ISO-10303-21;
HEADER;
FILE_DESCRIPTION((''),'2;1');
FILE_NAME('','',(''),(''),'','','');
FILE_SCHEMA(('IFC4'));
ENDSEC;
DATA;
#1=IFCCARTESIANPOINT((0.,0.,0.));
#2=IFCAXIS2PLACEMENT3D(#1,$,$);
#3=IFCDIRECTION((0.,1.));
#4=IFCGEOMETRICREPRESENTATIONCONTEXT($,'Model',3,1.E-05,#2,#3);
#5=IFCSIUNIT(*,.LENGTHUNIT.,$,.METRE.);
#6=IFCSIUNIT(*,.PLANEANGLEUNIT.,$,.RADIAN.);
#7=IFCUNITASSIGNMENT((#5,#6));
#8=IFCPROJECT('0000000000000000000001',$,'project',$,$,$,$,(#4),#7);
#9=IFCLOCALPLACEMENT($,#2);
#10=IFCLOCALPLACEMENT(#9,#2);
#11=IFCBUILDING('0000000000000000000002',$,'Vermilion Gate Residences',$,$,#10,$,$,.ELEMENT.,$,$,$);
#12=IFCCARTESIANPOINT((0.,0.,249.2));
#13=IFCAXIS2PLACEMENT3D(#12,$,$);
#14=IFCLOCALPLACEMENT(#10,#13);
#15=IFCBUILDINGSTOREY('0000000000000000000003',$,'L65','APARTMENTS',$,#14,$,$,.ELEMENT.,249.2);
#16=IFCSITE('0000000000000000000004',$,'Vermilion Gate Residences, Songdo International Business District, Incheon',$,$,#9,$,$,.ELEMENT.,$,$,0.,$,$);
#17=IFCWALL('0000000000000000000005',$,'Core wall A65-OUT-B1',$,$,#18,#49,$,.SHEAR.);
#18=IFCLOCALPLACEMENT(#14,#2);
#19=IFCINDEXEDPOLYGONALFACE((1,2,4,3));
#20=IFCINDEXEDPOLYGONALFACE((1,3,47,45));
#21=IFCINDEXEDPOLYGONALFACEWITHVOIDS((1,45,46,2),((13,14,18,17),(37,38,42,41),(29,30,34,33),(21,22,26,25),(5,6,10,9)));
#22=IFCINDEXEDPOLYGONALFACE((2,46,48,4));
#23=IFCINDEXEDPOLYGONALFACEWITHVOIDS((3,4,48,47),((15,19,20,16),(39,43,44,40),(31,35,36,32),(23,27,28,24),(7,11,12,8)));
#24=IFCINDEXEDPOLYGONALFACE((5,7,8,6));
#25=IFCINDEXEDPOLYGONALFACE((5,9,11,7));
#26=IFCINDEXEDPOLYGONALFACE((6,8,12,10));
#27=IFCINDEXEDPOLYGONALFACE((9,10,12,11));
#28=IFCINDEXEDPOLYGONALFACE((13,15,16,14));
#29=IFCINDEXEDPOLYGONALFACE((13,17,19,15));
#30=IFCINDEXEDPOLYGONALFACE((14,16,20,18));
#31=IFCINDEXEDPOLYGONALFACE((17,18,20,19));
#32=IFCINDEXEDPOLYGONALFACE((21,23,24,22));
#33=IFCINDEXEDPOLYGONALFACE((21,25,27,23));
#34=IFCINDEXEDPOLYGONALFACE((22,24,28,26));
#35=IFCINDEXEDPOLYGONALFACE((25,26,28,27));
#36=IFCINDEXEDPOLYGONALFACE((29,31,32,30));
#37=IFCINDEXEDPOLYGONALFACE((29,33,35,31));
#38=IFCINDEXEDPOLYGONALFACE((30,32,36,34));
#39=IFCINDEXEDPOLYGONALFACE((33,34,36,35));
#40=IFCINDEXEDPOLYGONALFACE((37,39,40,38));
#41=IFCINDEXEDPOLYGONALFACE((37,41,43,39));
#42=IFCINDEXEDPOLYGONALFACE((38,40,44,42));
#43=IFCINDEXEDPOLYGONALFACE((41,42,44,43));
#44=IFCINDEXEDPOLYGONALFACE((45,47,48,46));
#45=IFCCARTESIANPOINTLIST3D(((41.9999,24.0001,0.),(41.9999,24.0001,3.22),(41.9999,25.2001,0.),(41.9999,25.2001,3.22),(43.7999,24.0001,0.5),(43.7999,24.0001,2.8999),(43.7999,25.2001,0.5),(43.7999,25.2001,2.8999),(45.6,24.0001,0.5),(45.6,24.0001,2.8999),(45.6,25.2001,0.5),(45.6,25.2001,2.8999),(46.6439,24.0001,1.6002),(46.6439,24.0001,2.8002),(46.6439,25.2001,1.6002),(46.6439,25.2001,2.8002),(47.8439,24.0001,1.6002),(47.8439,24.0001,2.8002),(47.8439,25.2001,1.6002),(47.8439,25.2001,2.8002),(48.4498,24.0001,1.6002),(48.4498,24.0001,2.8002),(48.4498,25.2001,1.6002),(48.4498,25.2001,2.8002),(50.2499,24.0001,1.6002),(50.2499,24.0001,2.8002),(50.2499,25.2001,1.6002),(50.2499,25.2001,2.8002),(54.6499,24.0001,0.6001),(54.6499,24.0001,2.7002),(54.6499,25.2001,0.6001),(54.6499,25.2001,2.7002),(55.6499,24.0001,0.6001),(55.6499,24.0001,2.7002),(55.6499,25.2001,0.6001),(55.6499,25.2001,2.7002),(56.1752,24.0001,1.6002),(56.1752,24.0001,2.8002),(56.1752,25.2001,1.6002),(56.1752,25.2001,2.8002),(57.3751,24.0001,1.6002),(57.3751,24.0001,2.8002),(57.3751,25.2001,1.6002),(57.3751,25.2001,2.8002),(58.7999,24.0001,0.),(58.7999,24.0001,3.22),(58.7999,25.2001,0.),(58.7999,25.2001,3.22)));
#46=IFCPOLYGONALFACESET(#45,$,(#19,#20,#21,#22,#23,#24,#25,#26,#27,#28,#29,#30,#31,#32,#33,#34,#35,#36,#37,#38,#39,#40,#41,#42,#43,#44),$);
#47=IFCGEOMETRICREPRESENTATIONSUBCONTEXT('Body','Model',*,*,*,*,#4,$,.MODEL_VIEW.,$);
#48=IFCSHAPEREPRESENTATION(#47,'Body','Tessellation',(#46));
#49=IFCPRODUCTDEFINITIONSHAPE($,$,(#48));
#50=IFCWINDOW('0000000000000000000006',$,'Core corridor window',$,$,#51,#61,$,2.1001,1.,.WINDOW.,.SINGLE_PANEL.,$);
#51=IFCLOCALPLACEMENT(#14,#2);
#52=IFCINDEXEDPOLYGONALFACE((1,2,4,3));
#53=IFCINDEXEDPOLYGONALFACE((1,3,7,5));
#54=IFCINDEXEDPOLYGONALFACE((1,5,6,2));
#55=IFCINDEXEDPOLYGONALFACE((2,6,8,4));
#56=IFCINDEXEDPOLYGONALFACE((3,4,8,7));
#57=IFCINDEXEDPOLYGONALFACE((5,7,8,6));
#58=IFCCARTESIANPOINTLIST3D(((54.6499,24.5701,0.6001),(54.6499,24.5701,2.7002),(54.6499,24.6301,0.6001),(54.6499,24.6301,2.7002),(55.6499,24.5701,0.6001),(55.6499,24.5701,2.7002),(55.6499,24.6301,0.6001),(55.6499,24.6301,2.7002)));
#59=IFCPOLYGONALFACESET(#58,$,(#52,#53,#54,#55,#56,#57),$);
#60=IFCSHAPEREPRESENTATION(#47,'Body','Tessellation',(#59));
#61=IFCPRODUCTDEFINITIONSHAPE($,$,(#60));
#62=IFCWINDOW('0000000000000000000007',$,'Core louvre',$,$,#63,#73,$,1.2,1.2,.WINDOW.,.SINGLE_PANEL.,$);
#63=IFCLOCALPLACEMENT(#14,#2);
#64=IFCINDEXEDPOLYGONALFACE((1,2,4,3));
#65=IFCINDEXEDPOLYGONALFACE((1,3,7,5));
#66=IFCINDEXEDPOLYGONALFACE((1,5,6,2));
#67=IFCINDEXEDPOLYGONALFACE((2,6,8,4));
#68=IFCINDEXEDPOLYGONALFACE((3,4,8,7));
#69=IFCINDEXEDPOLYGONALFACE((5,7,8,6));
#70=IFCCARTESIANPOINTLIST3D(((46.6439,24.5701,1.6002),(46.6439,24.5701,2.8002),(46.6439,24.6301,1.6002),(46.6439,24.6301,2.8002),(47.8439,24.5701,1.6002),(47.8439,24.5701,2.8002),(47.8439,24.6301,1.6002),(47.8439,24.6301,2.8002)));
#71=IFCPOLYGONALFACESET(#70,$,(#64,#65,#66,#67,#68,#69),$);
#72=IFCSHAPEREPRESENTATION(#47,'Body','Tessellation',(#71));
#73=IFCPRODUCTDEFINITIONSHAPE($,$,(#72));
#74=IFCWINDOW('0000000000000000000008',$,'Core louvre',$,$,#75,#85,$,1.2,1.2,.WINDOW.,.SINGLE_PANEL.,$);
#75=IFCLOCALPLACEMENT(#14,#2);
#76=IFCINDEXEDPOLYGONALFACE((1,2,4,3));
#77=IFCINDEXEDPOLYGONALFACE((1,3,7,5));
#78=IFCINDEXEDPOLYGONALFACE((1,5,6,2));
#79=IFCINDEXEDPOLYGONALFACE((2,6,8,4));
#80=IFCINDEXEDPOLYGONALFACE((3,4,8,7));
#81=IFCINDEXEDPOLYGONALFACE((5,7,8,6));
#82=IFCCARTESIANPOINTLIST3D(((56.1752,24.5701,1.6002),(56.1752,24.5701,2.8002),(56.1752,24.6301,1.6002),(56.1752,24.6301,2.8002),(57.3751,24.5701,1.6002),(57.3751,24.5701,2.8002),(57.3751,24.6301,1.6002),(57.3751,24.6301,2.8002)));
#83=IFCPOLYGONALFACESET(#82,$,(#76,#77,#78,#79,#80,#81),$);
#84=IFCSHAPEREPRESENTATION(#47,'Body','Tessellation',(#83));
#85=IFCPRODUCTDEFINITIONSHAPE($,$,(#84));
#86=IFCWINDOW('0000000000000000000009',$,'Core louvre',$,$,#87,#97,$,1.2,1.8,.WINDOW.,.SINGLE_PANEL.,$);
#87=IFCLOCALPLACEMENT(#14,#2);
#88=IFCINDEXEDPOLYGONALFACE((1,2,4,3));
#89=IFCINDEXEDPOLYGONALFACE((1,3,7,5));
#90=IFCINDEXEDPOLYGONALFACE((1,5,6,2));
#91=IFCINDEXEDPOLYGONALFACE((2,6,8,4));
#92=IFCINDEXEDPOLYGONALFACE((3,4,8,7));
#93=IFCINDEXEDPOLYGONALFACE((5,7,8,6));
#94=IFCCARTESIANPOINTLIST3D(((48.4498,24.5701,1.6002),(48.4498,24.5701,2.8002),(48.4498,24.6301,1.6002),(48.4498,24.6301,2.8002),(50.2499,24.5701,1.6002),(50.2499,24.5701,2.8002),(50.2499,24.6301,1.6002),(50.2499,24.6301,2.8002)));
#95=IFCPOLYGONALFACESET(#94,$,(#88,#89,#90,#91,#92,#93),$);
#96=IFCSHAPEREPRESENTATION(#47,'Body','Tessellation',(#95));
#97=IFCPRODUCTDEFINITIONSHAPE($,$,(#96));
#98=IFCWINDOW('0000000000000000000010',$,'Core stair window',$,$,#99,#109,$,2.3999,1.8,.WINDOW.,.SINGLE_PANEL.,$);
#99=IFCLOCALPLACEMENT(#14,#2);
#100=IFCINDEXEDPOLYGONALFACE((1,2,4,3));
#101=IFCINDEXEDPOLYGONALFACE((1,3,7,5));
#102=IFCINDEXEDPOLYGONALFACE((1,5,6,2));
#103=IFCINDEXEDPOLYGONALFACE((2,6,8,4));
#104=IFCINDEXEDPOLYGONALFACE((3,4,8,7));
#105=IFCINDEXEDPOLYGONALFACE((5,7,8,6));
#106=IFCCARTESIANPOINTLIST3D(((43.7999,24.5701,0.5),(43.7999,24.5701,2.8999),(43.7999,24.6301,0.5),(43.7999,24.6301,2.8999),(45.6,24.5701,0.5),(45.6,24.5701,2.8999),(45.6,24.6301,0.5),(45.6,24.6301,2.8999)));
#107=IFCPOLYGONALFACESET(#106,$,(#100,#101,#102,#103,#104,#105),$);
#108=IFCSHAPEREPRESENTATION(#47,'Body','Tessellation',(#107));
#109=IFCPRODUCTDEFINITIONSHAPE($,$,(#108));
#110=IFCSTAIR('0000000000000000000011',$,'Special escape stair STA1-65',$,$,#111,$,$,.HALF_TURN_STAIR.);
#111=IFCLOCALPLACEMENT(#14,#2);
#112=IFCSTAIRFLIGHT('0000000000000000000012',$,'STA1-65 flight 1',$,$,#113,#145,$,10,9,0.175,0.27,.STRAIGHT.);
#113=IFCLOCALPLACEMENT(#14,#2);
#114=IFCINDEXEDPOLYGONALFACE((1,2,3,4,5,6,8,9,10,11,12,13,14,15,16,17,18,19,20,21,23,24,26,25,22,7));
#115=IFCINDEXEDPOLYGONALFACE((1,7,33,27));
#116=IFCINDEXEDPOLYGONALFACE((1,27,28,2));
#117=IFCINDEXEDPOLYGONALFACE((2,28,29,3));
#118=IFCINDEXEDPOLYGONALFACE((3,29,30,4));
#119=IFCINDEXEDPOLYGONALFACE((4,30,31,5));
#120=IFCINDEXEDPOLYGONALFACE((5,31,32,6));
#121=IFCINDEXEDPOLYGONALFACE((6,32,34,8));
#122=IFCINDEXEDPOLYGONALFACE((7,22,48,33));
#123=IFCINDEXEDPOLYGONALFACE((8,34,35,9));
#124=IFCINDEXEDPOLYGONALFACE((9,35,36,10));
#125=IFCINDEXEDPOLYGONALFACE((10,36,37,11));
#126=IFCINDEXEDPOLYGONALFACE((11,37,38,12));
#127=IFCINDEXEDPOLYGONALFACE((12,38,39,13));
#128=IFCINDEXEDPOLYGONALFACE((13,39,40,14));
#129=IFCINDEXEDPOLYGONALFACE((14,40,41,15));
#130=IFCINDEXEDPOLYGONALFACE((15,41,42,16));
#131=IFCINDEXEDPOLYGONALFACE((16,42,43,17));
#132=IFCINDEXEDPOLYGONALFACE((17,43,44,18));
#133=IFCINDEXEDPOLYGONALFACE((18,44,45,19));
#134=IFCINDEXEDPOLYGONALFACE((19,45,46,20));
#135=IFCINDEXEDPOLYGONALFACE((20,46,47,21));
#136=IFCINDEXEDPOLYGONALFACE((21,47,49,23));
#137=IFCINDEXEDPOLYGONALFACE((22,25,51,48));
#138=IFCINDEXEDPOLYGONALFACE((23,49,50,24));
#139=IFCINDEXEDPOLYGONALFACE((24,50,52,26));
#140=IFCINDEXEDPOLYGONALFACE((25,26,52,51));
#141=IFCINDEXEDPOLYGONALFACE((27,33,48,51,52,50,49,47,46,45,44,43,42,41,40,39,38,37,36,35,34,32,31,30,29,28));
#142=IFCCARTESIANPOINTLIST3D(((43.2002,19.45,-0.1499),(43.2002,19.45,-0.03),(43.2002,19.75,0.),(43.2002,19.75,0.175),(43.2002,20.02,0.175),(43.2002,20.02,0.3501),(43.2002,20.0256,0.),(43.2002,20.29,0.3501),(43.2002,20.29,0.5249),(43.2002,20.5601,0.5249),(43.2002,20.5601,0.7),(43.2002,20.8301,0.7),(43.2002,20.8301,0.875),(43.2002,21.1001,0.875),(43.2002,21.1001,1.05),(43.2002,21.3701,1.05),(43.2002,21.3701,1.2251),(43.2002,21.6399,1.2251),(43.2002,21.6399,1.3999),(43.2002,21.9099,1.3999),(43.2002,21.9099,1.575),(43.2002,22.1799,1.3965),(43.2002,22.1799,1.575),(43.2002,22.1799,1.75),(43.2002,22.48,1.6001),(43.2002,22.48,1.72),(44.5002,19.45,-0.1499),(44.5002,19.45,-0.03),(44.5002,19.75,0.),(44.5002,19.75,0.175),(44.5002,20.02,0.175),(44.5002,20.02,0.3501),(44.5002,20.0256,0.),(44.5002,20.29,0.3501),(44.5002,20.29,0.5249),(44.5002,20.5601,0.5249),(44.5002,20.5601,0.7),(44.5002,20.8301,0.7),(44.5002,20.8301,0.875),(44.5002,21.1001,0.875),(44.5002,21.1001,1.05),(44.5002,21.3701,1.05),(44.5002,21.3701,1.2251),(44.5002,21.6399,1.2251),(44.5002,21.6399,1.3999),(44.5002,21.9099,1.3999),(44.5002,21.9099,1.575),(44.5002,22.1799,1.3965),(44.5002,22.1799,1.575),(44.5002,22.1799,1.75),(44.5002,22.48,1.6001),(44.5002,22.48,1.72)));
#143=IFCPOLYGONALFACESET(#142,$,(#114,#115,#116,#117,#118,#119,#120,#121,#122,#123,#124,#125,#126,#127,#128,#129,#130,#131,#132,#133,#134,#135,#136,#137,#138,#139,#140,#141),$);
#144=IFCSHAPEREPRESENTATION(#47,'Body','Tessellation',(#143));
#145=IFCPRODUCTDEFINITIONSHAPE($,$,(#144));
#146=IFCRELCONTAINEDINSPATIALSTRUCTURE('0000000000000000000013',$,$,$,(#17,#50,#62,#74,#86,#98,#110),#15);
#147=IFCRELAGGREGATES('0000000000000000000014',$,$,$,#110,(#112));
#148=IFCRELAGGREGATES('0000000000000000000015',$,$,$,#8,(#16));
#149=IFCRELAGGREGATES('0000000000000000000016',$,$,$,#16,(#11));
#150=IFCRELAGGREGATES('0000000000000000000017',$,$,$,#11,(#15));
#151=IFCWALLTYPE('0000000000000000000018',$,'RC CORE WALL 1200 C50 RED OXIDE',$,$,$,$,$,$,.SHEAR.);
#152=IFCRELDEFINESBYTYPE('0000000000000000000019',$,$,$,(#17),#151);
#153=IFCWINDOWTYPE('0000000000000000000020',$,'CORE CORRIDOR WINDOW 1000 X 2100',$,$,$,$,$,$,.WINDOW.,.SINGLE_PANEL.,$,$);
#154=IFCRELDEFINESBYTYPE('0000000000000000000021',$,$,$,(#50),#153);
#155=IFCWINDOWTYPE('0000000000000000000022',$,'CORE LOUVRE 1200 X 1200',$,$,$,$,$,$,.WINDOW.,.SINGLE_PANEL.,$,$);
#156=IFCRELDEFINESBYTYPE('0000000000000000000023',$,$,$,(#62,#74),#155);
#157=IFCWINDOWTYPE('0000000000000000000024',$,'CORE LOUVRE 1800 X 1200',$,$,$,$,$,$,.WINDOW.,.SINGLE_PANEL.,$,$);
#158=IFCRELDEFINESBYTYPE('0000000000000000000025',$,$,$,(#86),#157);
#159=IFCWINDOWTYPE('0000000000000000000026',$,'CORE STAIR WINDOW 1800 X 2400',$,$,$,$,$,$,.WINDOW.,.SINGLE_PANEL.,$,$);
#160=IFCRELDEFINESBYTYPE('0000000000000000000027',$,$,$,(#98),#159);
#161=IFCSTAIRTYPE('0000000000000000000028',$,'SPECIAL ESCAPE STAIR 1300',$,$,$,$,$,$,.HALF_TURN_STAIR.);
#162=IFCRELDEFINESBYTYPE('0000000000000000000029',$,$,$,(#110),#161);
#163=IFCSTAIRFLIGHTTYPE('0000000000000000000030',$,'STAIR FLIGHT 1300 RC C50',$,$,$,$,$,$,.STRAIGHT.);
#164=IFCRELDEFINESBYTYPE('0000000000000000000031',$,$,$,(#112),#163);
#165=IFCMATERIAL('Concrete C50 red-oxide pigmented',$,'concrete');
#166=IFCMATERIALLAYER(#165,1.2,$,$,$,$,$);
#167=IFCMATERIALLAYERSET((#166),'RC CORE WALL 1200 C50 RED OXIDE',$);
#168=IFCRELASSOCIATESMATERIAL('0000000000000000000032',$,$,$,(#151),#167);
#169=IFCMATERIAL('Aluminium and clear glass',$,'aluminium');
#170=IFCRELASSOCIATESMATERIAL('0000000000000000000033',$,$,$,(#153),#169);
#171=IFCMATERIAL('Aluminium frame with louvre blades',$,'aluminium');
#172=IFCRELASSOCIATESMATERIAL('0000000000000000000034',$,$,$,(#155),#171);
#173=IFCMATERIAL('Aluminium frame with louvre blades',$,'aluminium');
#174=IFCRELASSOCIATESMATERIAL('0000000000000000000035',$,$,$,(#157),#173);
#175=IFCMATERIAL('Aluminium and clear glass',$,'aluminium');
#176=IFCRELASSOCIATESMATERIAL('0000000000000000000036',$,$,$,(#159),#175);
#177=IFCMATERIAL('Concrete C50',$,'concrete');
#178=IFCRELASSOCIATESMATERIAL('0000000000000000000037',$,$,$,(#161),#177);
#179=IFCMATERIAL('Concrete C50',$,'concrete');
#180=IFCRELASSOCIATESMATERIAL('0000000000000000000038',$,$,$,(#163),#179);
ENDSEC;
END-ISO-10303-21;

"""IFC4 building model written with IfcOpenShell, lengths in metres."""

from ifc_helpers import new_model, si_unit, direction, frame, frame_2d, origin, place, context, subcontext, project, spatial, polyline, rectangle, outline, extrude, material, layer, layer_set, type_object, element, fill, aggregate, save


model = new_model("IFC4")

# Units and contexts
model_context = context("Model", 3, precision=1e-05, world=origin(), true_north=direction((0.0, 1.0)))
body_context = subcontext(model_context, "Body", "Model", "MODEL_VIEW")
ifc_project = project(units=[si_unit("LENGTHUNIT", "METRE"), si_unit("PLANEANGLEUNIT", "RADIAN")], contexts=[model_context])

# Site, building, storey
site_placement = place(None, origin())
site = spatial("IfcSite", under=ifc_project, at=site_placement, Name="Vermilion Gate Residences, Songdo International Business District, Incheon", CompositionType="ELEMENT", RefElevation=0.0)
building_placement = place(site_placement, origin())
building = spatial("IfcBuilding", under=site, at=building_placement, Name="Vermilion Gate Residences", CompositionType="ELEMENT")
storey_placement = place(building_placement, frame((0.0, 0.0, 249.2)))
storey = spatial("IfcBuildingStorey", under=building, at=storey_placement, Name="L65", Description="APARTMENTS", CompositionType="ELEMENT", Elevation=249.2)

# Wall, openings, windows
ifc_material_1 = material(Name="Concrete C50 red-oxide pigmented", Category="concrete")
ifc_layer_1 = layer(ifc_material_1, 1.2)
ifc_layer_set_1 = layer_set([ifc_layer_1], Name="RC CORE WALL 1200 C50 RED OXIDE")
wall_type_1 = type_object("IfcWallType", Name="RC CORE WALL 1200 C50 RED OXIDE", PredefinedType="SHEAR", material=ifc_layer_set_1)
wall_1_placement = place(storey_placement, frame((42.0, 24.6001, 0.0), z_axis=(0.0, 0.0, 1.0), x_axis=(1.0, 0.0, 0.0)))
wall_1 = element("IfcWall", 1, at=wall_1_placement, inside=storey, type_object=wall_type_1, Name="Core wall A65-OUT-B1", PredefinedType="SHEAR", context=body_context, shape_type="SweptSolid", body=[
    extrude(rectangle(XDim=16.8, YDim=1.2, at=frame_2d((8.3999, 0.0))), origin(), (0.0, 0.0, 1.0), 3.22),
])
opening_1_placement = place(wall_1_placement, frame((1.8, 0.0, 0.5)))
opening_1 = element("IfcOpeningElement", 2, at=opening_1_placement, cuts=wall_1, PredefinedType="OPENING", context=body_context, shape_type="SweptSolid", body=[
    extrude(rectangle(XDim=1.8, YDim=2.3999, at=frame_2d((0.8999, 1.2))), frame((0.0, 0.6099, 0.0), z_axis=(0.0, -1.0, 0.0), x_axis=(1.0, 0.0, 0.0)), (0.0, 0.0, 1.0), 1.22),
])
opening_2_placement = place(wall_1_placement, frame((4.6438, 0.0, 1.6001)))
opening_2 = element("IfcOpeningElement", 3, at=opening_2_placement, cuts=wall_1, PredefinedType="OPENING", context=body_context, shape_type="SweptSolid", body=[
    extrude(rectangle(XDim=1.2, YDim=1.2, at=frame_2d((0.6001, 0.6001))), frame((0.0, 0.6099, 0.0), z_axis=(0.0, -1.0, 0.0), x_axis=(1.0, 0.0, 0.0)), (0.0, 0.0, 1.0), 1.22),
])
opening_3_placement = place(wall_1_placement, frame((6.45, 0.0, 1.6001)))
opening_3 = element("IfcOpeningElement", 4, at=opening_3_placement, cuts=wall_1, PredefinedType="OPENING", context=body_context, shape_type="SweptSolid", body=[
    extrude(rectangle(XDim=1.8, YDim=1.2, at=frame_2d((0.8999, 0.6001))), frame((0.0, 0.6099, 0.0), z_axis=(0.0, -1.0, 0.0), x_axis=(1.0, 0.0, 0.0)), (0.0, 0.0, 1.0), 1.22),
])
opening_4_placement = place(wall_1_placement, frame((12.6499, 0.0, 0.6001)))
opening_4 = element("IfcOpeningElement", 5, at=opening_4_placement, cuts=wall_1, PredefinedType="OPENING", context=body_context, shape_type="SweptSolid", body=[
    extrude(rectangle(XDim=1.0, YDim=2.1001, at=frame_2d((0.5, 1.05))), frame((0.0, 0.6099, 0.0), z_axis=(0.0, -1.0, 0.0), x_axis=(1.0, 0.0, 0.0)), (0.0, 0.0, 1.0), 1.22),
])
opening_5_placement = place(wall_1_placement, frame((14.175, 0.0, 1.6001)))
opening_5 = element("IfcOpeningElement", 6, at=opening_5_placement, cuts=wall_1, PredefinedType="OPENING", context=body_context, shape_type="SweptSolid", body=[
    extrude(rectangle(XDim=1.2, YDim=1.2, at=frame_2d((0.6001, 0.6001))), frame((0.0, 0.6099, 0.0), z_axis=(0.0, -1.0, 0.0), x_axis=(1.0, 0.0, 0.0)), (0.0, 0.0, 1.0), 1.22),
])
ifc_material_2 = material(Name="Aluminium and clear glass", Category="aluminium")
window_type_1 = type_object("IfcWindowType", Name="CORE CORRIDOR WINDOW 1000 X 2100", PartitioningType="SINGLE_PANEL", PredefinedType="WINDOW", material=ifc_material_2)
window_1_placement = place(opening_4_placement, origin())
window_1 = element("IfcWindow", 7, at=window_1_placement, inside=storey, type_object=window_type_1, Name="Core corridor window", OverallHeight=2.1001, OverallWidth=1.0, PartitioningType="SINGLE_PANEL", PredefinedType="WINDOW", context=body_context, shape_type="SweptSolid", body=[
    extrude(rectangle(XDim=1.0, YDim=2.1001, at=frame_2d((0.5, 1.05))), frame((0.0, 0.03, 0.0), z_axis=(0.0, -1.0, 0.0), x_axis=(1.0, 0.0, 0.0)), (0.0, 0.0, 1.0), 0.0601),
])
fill(opening_4, window_1)
ifc_material_3 = material(Name="Aluminium frame with louvre blades", Category="aluminium")
window_type_2 = type_object("IfcWindowType", Name="CORE LOUVRE 1200 X 1200", PartitioningType="SINGLE_PANEL", PredefinedType="WINDOW", material=ifc_material_3)
window_2_placement = place(opening_2_placement, origin())
window_2 = element("IfcWindow", 8, at=window_2_placement, inside=storey, type_object=window_type_2, Name="Core louvre", OverallHeight=1.2, OverallWidth=1.2, PartitioningType="SINGLE_PANEL", PredefinedType="WINDOW", context=body_context, shape_type="SweptSolid", body=[
    extrude(rectangle(XDim=1.2, YDim=1.2, at=frame_2d((0.6001, 0.6001))), frame((0.0, 0.03, 0.0), z_axis=(0.0, -1.0, 0.0), x_axis=(1.0, 0.0, 0.0)), (0.0, 0.0, 1.0), 0.0601),
])
fill(opening_2, window_2)
window_3_placement = place(opening_5_placement, origin())
window_3 = element("IfcWindow", 9, at=window_3_placement, inside=storey, type_object=window_type_2, Name="Core louvre", OverallHeight=1.2, OverallWidth=1.2, PartitioningType="SINGLE_PANEL", PredefinedType="WINDOW", context=body_context, shape_type="SweptSolid", body=[
    extrude(rectangle(XDim=1.2, YDim=1.2, at=frame_2d((0.6001, 0.6001))), frame((0.0, 0.03, 0.0), z_axis=(0.0, -1.0, 0.0), x_axis=(1.0, 0.0, 0.0)), (0.0, 0.0, 1.0), 0.0601),
])
fill(opening_5, window_3)
ifc_material_4 = material(Name="Aluminium frame with louvre blades", Category="aluminium")
window_type_3 = type_object("IfcWindowType", Name="CORE LOUVRE 1800 X 1200", PartitioningType="SINGLE_PANEL", PredefinedType="WINDOW", material=ifc_material_4)
window_4_placement = place(opening_3_placement, origin())
window_4 = element("IfcWindow", 10, at=window_4_placement, inside=storey, type_object=window_type_3, Name="Core louvre", OverallHeight=1.2, OverallWidth=1.8, PartitioningType="SINGLE_PANEL", PredefinedType="WINDOW", context=body_context, shape_type="SweptSolid", body=[
    extrude(rectangle(XDim=1.8, YDim=1.2, at=frame_2d((0.8999, 0.6001))), frame((0.0, 0.03, 0.0), z_axis=(0.0, -1.0, 0.0), x_axis=(1.0, 0.0, 0.0)), (0.0, 0.0, 1.0), 0.0601),
])
fill(opening_3, window_4)
ifc_material_5 = material(Name="Aluminium and clear glass", Category="aluminium")
window_type_4 = type_object("IfcWindowType", Name="CORE STAIR WINDOW 1800 X 2400", PartitioningType="SINGLE_PANEL", PredefinedType="WINDOW", material=ifc_material_5)
window_5_placement = place(opening_1_placement, origin())
window_5 = element("IfcWindow", 11, at=window_5_placement, inside=storey, type_object=window_type_4, Name="Core stair window", OverallHeight=2.3999, OverallWidth=1.8, PartitioningType="SINGLE_PANEL", PredefinedType="WINDOW", context=body_context, shape_type="SweptSolid", body=[
    extrude(rectangle(XDim=1.8, YDim=2.3999, at=frame_2d((0.8999, 1.2))), frame((0.0, 0.03, 0.0), z_axis=(0.0, -1.0, 0.0), x_axis=(1.0, 0.0, 0.0)), (0.0, 0.0, 1.0), 0.0601),
])
fill(opening_1, window_5)

# Stair, stair flight
ifc_material_6 = material(Name="Concrete C50", Category="concrete")
stair_type = type_object("IfcStairType", Name="SPECIAL ESCAPE STAIR 1300", PredefinedType="HALF_TURN_STAIR", material=ifc_material_6)
stair_placement = place(storey_placement, origin())
stair = element("IfcStair", 12, at=stair_placement, inside=storey, type_object=stair_type, Name="Special escape stair STA1-65", PredefinedType="HALF_TURN_STAIR")
ifc_material_7 = material(Name="Concrete C50", Category="concrete")
stair_flight_type = type_object("IfcStairFlightType", Name="STAIR FLIGHT 1300 RC C50", PredefinedType="STRAIGHT", material=ifc_material_7)
stair_flight_1_placement = place(storey_placement, frame((43.8501, 19.75, 0.0), z_axis=(0.0, 0.0, 1.0), x_axis=(0.0, 1.0, 0.0)))
stair_flight_1 = element("IfcStairFlight", 13, at=stair_flight_1_placement, type_object=stair_flight_type, Name="STA1-65 flight 1", NumberOfRisers=10, NumberOfTreads=9, PredefinedType="STRAIGHT", RiserHeight=0.175, TreadLength=0.27, context=body_context, shape_type="SweptSolid", body=[
    extrude(outline(polyline([(-0.3, -0.1499), (-0.3, -0.03), (0.0, 0.0), (0.0, 0.175), (0.27, 0.175), (0.27, 0.3501), (0.54, 0.3501), (0.54, 0.5249), (0.8101, 0.5249), (0.8101, 0.7), (1.0801, 0.7), (1.0801, 0.875), (1.3501, 0.875), (1.3501, 1.05), (1.6201, 1.05), (1.6201, 1.2251), (1.8899, 1.2251), (1.8899, 1.3999), (2.1599, 1.3999), (2.1599, 1.575), (2.4299, 1.575), (2.4299, 1.75), (2.73, 1.72), (2.73, 1.6001), (2.4299, 1.3965), (0.2756, 0.0), (-0.3, -0.1499)])), frame((0.0, 0.6499, 0.0), z_axis=(0.0, -1.0, 0.0), x_axis=(1.0, 0.0, 0.0)), (0.0, 0.0, 1.0), 1.3),
])
aggregate(stair, [stair_flight_1])

save(model, "model.ifc")
